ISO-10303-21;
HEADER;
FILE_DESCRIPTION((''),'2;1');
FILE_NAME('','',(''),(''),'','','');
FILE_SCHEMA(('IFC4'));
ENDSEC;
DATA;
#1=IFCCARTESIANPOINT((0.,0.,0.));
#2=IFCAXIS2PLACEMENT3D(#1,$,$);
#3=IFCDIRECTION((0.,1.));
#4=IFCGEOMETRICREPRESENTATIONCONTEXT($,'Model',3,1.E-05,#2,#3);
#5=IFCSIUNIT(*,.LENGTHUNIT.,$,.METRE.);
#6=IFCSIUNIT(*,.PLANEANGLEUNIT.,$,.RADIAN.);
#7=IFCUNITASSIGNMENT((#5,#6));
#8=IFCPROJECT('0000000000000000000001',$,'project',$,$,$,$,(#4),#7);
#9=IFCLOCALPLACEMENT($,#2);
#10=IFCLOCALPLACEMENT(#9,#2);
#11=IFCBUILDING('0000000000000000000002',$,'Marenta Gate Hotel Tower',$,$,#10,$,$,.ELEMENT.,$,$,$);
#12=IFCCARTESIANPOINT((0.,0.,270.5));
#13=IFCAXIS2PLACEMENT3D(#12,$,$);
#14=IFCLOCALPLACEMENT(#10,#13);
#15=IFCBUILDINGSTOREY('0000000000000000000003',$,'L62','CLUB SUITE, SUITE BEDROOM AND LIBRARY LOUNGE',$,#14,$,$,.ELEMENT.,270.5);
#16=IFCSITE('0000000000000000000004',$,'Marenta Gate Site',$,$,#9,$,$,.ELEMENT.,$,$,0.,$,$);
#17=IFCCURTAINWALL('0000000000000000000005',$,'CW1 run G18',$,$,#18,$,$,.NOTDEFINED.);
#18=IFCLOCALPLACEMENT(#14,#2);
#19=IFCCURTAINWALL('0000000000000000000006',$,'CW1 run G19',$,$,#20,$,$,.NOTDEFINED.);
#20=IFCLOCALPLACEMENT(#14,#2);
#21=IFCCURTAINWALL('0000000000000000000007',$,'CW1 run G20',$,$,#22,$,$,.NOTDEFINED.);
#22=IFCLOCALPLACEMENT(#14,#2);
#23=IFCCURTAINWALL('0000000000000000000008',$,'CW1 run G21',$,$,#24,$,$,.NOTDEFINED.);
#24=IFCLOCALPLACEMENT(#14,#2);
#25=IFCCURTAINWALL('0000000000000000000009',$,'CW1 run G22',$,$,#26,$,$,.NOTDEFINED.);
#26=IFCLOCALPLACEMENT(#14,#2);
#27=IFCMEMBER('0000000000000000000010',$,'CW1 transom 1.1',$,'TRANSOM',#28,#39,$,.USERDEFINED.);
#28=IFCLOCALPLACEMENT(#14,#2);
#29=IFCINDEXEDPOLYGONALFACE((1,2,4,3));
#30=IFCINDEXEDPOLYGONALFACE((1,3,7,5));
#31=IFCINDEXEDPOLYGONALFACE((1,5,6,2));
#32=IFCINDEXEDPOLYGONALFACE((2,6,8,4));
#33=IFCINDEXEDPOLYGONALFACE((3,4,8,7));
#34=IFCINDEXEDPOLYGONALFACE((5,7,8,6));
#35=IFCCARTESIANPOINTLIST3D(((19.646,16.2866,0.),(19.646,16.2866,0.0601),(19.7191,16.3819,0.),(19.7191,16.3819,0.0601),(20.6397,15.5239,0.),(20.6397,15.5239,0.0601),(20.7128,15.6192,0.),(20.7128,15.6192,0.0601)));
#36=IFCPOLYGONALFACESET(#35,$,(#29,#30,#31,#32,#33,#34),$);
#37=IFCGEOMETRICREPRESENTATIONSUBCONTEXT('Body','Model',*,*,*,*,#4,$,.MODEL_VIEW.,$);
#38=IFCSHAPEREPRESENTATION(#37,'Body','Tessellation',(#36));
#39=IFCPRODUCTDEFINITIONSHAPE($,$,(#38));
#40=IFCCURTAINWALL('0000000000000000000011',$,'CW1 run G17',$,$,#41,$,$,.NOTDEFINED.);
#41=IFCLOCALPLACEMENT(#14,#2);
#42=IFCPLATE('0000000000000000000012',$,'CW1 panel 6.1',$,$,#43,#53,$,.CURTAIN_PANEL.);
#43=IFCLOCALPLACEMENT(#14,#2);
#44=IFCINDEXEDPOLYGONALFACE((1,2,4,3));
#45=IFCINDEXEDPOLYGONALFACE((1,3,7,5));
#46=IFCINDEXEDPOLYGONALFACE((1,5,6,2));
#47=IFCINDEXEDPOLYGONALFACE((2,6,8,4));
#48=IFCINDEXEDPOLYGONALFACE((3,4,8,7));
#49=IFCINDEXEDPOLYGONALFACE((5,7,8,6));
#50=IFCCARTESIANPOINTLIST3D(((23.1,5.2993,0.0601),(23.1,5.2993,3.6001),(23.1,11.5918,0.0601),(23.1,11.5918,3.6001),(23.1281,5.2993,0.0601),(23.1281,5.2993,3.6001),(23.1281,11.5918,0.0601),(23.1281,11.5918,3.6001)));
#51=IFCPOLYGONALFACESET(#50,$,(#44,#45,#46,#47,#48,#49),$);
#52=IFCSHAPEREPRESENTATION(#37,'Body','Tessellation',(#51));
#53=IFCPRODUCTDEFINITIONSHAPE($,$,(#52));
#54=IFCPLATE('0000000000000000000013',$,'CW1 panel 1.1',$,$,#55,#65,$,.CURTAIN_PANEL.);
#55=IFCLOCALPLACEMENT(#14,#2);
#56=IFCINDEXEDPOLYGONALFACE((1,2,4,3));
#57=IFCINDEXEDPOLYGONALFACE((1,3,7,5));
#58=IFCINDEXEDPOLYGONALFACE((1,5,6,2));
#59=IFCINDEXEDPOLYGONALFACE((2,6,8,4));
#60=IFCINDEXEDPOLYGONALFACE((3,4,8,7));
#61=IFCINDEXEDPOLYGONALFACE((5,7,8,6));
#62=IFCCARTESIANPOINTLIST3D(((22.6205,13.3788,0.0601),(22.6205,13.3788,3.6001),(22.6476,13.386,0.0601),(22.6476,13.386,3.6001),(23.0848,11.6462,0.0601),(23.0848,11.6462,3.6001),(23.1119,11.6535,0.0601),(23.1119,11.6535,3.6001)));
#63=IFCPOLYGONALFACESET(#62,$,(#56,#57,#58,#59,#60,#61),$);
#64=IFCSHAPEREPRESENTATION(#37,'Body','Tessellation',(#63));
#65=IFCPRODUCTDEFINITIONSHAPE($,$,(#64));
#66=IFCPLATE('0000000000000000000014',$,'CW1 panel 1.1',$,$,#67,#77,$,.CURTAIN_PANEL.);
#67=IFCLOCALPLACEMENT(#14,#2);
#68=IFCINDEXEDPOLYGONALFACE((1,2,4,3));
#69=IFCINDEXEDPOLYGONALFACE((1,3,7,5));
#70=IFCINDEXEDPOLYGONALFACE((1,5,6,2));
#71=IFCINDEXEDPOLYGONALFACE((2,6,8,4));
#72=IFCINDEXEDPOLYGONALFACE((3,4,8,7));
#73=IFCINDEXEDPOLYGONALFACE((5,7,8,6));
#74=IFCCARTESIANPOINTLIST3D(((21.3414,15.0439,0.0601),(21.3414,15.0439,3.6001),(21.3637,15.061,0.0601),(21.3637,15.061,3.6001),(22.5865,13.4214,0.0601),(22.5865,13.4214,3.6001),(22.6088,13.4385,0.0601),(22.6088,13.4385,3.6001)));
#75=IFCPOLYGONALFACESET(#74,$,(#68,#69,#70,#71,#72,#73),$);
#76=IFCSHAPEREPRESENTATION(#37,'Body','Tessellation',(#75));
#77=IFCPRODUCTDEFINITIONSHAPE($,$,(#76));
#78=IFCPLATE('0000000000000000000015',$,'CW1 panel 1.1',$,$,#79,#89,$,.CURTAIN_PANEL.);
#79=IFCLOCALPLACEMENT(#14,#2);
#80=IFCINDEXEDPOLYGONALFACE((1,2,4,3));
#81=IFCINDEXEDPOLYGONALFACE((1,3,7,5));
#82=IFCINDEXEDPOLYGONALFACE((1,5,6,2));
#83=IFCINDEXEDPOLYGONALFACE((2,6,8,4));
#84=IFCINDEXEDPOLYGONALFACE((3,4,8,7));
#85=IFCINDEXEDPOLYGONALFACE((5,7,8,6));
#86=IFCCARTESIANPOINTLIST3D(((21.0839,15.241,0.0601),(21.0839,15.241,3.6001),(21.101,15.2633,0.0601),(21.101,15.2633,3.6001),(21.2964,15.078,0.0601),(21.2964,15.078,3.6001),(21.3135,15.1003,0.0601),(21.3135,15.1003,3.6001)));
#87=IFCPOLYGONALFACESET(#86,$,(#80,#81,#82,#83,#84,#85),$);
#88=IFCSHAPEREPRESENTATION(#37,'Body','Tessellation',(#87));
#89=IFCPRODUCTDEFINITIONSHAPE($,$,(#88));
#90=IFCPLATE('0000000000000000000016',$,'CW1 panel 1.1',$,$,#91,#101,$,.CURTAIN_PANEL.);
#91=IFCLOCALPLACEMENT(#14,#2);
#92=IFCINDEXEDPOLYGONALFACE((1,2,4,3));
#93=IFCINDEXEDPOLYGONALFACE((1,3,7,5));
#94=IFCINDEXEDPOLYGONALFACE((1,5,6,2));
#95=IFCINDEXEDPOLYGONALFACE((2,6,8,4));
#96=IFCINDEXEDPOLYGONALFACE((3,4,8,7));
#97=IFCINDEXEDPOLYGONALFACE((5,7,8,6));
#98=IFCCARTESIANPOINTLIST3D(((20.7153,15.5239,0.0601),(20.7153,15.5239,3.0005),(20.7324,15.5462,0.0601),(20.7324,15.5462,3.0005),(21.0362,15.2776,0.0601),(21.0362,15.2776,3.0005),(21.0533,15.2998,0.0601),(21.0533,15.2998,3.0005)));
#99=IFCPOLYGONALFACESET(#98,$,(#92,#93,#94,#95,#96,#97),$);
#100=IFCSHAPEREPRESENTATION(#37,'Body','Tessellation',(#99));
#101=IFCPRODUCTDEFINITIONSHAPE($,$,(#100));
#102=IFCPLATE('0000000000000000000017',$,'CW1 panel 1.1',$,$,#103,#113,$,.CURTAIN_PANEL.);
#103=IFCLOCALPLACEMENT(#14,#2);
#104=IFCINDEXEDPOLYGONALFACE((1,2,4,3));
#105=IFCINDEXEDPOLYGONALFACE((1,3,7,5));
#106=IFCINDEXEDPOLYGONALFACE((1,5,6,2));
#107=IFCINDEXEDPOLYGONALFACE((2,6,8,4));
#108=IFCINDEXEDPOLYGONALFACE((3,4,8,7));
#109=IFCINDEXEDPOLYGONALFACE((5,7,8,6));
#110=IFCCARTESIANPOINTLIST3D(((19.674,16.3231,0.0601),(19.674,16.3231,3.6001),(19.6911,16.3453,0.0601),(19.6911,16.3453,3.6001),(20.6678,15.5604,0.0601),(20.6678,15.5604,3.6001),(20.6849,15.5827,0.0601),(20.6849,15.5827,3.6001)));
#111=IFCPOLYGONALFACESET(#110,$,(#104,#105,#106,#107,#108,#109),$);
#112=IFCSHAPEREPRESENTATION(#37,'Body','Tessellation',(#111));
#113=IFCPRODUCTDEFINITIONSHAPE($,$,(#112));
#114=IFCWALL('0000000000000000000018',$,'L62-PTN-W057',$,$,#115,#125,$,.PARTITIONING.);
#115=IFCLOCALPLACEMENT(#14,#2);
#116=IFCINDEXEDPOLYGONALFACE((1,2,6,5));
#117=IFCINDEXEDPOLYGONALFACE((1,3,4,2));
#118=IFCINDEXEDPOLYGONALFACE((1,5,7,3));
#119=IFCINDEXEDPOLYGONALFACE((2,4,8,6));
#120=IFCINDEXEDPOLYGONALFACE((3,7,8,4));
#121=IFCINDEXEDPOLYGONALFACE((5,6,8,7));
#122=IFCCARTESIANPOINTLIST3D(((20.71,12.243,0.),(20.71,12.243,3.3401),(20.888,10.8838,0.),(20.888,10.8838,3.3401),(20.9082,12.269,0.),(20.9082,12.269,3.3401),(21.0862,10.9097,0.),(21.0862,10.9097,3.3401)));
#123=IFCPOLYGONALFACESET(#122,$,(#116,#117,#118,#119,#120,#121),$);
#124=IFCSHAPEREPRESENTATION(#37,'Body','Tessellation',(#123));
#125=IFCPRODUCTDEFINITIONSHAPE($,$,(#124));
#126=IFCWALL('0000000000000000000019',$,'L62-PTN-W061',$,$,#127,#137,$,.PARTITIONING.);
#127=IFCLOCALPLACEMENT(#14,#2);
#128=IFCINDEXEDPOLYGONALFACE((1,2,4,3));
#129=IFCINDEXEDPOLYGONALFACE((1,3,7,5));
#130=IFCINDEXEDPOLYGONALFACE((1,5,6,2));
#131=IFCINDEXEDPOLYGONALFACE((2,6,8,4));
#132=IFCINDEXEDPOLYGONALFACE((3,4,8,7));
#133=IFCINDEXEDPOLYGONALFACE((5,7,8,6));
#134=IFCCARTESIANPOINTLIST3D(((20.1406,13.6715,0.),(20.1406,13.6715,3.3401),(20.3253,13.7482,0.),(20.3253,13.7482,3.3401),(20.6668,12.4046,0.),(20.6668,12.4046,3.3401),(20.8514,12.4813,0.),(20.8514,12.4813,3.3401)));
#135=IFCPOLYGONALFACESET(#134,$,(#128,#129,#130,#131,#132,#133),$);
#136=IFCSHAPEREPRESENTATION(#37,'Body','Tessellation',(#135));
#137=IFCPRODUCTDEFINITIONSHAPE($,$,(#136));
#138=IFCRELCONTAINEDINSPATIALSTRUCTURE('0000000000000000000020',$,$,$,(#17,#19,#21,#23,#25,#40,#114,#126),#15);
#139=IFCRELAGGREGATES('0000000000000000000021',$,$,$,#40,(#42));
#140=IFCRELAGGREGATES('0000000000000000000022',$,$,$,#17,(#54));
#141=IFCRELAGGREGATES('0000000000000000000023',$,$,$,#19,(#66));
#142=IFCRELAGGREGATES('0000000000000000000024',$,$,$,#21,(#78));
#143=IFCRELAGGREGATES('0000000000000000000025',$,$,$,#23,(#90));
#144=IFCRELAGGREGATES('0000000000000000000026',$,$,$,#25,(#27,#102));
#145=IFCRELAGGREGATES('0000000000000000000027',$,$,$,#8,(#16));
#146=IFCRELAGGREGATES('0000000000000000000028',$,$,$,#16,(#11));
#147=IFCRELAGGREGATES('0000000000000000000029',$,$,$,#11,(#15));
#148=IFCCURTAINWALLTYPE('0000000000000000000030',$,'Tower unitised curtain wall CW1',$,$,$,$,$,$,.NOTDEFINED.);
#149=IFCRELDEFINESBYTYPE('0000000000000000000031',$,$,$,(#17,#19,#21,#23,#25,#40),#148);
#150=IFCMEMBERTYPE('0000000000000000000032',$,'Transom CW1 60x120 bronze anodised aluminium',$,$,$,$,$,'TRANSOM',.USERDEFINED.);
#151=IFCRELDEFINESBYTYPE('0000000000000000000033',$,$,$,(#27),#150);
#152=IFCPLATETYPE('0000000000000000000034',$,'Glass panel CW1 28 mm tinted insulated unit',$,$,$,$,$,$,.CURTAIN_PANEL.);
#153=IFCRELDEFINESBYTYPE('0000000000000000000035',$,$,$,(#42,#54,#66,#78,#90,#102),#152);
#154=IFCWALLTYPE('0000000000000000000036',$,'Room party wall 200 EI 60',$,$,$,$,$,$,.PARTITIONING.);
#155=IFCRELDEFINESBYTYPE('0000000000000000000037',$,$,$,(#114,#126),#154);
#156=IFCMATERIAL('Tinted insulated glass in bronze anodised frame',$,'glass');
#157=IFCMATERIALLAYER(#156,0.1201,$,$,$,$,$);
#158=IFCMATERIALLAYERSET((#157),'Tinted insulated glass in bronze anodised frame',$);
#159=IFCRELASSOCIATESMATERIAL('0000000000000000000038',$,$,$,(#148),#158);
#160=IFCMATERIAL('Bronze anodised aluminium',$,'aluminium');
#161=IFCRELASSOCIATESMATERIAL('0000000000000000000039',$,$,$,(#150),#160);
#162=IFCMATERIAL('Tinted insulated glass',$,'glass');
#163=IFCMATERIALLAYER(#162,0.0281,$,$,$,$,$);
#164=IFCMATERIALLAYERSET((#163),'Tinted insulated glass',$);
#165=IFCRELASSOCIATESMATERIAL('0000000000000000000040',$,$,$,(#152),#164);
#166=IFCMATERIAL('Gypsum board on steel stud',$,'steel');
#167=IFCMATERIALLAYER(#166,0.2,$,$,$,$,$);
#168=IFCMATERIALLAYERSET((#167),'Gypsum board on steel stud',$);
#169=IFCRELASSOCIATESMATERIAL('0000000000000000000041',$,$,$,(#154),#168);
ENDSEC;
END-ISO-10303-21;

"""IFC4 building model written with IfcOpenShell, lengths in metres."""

from ifc_helpers import new_model, si_unit, direction, frame, frame_2d, origin, origin_2d, place, context, subcontext, project, spatial, rectangle, extrude, material, layer, layer_set, material_profile, profile_set, type_object, element, aggregate, save


model = new_model("IFC4")

# Units and contexts
model_context = context("Model", 3, precision=1e-05, world=origin(), true_north=direction((0.0, 1.0)))
body_context = subcontext(model_context, "Body", "Model", "MODEL_VIEW")
ifc_project = project(units=[si_unit("LENGTHUNIT", "METRE"), si_unit("PLANEANGLEUNIT", "RADIAN")], contexts=[model_context])

# Site, building, storey
site_placement = place(None, origin())
site = spatial("IfcSite", under=ifc_project, at=site_placement, Name="Marenta Gate Site", CompositionType="ELEMENT", RefElevation=0.0)
building_placement = place(site_placement, origin())
building = spatial("IfcBuilding", under=site, at=building_placement, Name="Marenta Gate Hotel Tower", CompositionType="ELEMENT")
storey_placement = place(building_placement, frame((0.0, 0.0, 270.5)))
storey = spatial("IfcBuildingStorey", under=building, at=storey_placement, Name="L62", Description="CLUB SUITE, SUITE BEDROOM AND LIBRARY LOUNGE", CompositionType="ELEMENT", Elevation=270.5)

# Curtain walls
ifc_material_1 = material(Name="Tinted insulated glass in bronze anodised frame", Category="glass")
ifc_layer_1 = layer(ifc_material_1, 0.1201)
ifc_layer_set_1 = layer_set([ifc_layer_1], Name="Tinted insulated glass in bronze anodised frame")
curtain_wall_type = type_object("IfcCurtainWallType", Name="Tower unitised curtain wall CW1", PredefinedType="NOTDEFINED", material=ifc_layer_set_1)
curtain_wall_1_placement = place(storey_placement, origin())
curtain_wall_1 = element("IfcCurtainWall", 1, at=curtain_wall_1_placement, inside=storey, type_object=curtain_wall_type, Name="CW1 run G18", PredefinedType="NOTDEFINED")
curtain_wall_2_placement = place(storey_placement, origin())
curtain_wall_2 = element("IfcCurtainWall", 2, at=curtain_wall_2_placement, inside=storey, type_object=curtain_wall_type, Name="CW1 run G19", PredefinedType="NOTDEFINED")
curtain_wall_3_placement = place(storey_placement, origin())
curtain_wall_3 = element("IfcCurtainWall", 3, at=curtain_wall_3_placement, inside=storey, type_object=curtain_wall_type, Name="CW1 run G20", PredefinedType="NOTDEFINED")
curtain_wall_4_placement = place(storey_placement, origin())
curtain_wall_4 = element("IfcCurtainWall", 4, at=curtain_wall_4_placement, inside=storey, type_object=curtain_wall_type, Name="CW1 run G21", PredefinedType="NOTDEFINED")
curtain_wall_5_placement = place(storey_placement, origin())
curtain_wall_5 = element("IfcCurtainWall", 5, at=curtain_wall_5_placement, inside=storey, type_object=curtain_wall_type, Name="CW1 run G22", PredefinedType="NOTDEFINED")

# Member
ifc_material_2 = material(Name="Bronze anodised aluminium", Category="aluminium")
ifc_material_profile_1 = material_profile(ifc_material_2, rectangle(XDim=0.1201, YDim=0.0601, at=origin_2d()), Name="Transom CW1 60x120 bronze anodised aluminium")
ifc_profile_set_1 = profile_set([ifc_material_profile_1], Name="Bronze anodised aluminium")
member_type_1 = type_object("IfcMemberType", Name="Transom CW1 60x120 bronze anodised aluminium", ElementType="TRANSOM", PredefinedType="USERDEFINED", material=ifc_profile_set_1)
member_1_placement = place(storey_placement, frame((20.6763, 15.5715, 0.03), z_axis=(-0.793261, 0.608882, 0.0), x_axis=(-0.608882, -0.793261, 0.0)))
member_1 = element("IfcMember", 6, at=member_1_placement, type_object=member_type_1, Name="CW1 transom 1.1", ObjectType="TRANSOM", PredefinedType="USERDEFINED", context=body_context, shape_type="SweptSolid", body=[
    extrude(rectangle(XDim=0.1201, YDim=0.0601, at=origin_2d()), origin(), (0.0, 0.0, 1.0), 1.2527),
])

# Curtain wall, plate
curtain_wall_6_placement = place(storey_placement, origin())
curtain_wall_6 = element("IfcCurtainWall", 7, at=curtain_wall_6_placement, inside=storey, type_object=curtain_wall_type, Name="CW1 run G17", PredefinedType="NOTDEFINED")
ifc_material_3 = material(Name="Tinted insulated glass", Category="glass")
ifc_layer_2 = layer(ifc_material_3, 0.0281)
ifc_layer_set_2 = layer_set([ifc_layer_2], Name="Tinted insulated glass")
plate_type = type_object("IfcPlateType", Name="Glass panel CW1 28 mm tinted insulated unit", PredefinedType="CURTAIN_PANEL", material=ifc_layer_set_2)
plate_1_placement = place(storey_placement, frame((23.114, 8.4456, 0.0601), z_axis=(0.0, 0.0, 1.0), x_axis=(0.0, 1.0, 0.0)))
plate_1 = element("IfcPlate", 8, at=plate_1_placement, type_object=plate_type, Name="CW1 panel 6.1", PredefinedType="CURTAIN_PANEL", context=body_context, shape_type="SweptSolid", body=[
    extrude(rectangle(XDim=6.2925, YDim=0.0281, at=origin_2d()), origin(), (0.0, 0.0, 1.0), 3.54),
])
aggregate(curtain_wall_6, [plate_1])

# Plates
plate_2_placement = place(storey_placement, frame((22.8662, 12.5161, 0.0601), z_axis=(0.0, 0.0, 1.0), x_axis=(-0.258824, 0.965924, 0.0)))
plate_2 = element("IfcPlate", 9, at=plate_2_placement, type_object=plate_type, Name="CW1 panel 1.1", PredefinedType="CURTAIN_PANEL", context=body_context, shape_type="SweptSolid", body=[
    extrude(rectangle(XDim=1.7937, YDim=0.0281, at=origin_2d()), origin(), (0.0, 0.0, 1.0), 3.54),
])
aggregate(curtain_wall_1, [plate_2])
plate_3_placement = place(storey_placement, frame((21.9751, 14.2412, 0.0601), z_axis=(0.0, 0.0, 1.0), x_axis=(-0.608787, 0.793333, 0.0)))
plate_3 = element("IfcPlate", 10, at=plate_3_placement, type_object=plate_type, Name="CW1 panel 1.1", PredefinedType="CURTAIN_PANEL", context=body_context, shape_type="SweptSolid", body=[
    extrude(rectangle(XDim=2.0452, YDim=0.0281, at=origin_2d()), origin(), (0.0, 0.0, 1.0), 3.54),
])
aggregate(curtain_wall_2, [plate_3])
plate_4_placement = place(storey_placement, frame((21.1987, 15.1707, 0.0601), z_axis=(0.0, 0.0, 1.0), x_axis=(-0.793439, 0.608649, 0.0)))
plate_4 = element("IfcPlate", 11, at=plate_4_placement, type_object=plate_type, Name="CW1 panel 1.1", PredefinedType="CURTAIN_PANEL", context=body_context, shape_type="SweptSolid", body=[
    extrude(rectangle(XDim=0.2678, YDim=0.0281, at=origin_2d()), origin(), (0.0, 0.0, 1.0), 3.54),
])
aggregate(curtain_wall_3, [plate_4])
plate_5_placement = place(storey_placement, frame((20.8843, 15.4119, 0.0601), z_axis=(0.0, 0.0, 1.0), x_axis=(-0.793288, 0.608847, 0.0)))
plate_5 = element("IfcPlate", 12, at=plate_5_placement, type_object=plate_type, Name="CW1 panel 1.1", PredefinedType="CURTAIN_PANEL", context=body_context, shape_type="SweptSolid", body=[
    extrude(rectangle(XDim=0.4045, YDim=0.0281, at=origin_2d()), origin(), (0.0, 0.0, 1.0), 2.9404),
])
aggregate(curtain_wall_4, [plate_5])
plate_6_placement = place(storey_placement, frame((20.1794, 15.9529, 0.0601), z_axis=(0.0, 0.0, 1.0), x_axis=(-0.793323, 0.608801, 0.0)))
plate_6 = element("IfcPlate", 13, at=plate_6_placement, type_object=plate_type, Name="CW1 panel 1.1", PredefinedType="CURTAIN_PANEL", context=body_context, shape_type="SweptSolid", body=[
    extrude(rectangle(XDim=1.2527, YDim=0.0281, at=origin_2d()), origin(), (0.0, 0.0, 1.0), 3.54),
])
aggregate(curtain_wall_5, [member_1, plate_6])

# Walls
ifc_material_4 = material(Name="Gypsum board on steel stud", Category="steel")
ifc_layer_3 = layer(ifc_material_4, 0.2)
ifc_layer_set_3 = layer_set([ifc_layer_3], Name="Gypsum board on steel stud")
wall_type = type_object("IfcWallType", Name="Room party wall 200 EI 60", PredefinedType="PARTITIONING", material=ifc_layer_set_3)
wall_1_placement = place(storey_placement, frame((20.8091, 12.2561, 0.0), z_axis=(0.0, 0.0, 1.0), x_axis=(0.129842, -0.991535, 0.0)))
element("IfcWall", 14, at=wall_1_placement, inside=storey, type_object=wall_type, Name="L62-PTN-W057", PredefinedType="PARTITIONING", context=body_context, shape_type="SweptSolid", body=[
    extrude(rectangle(XDim=1.3708, YDim=0.2, at=frame_2d((0.6855, 0.0))), origin(), (0.0, 0.0, 1.0), 3.3401),
])
wall_2_placement = place(storey_placement, frame((20.2329, 13.71, 0.0), z_axis=(0.0, 0.0, 1.0), x_axis=(0.383541, -0.923524, 0.0)))
element("IfcWall", 15, at=wall_2_placement, inside=storey, type_object=wall_type, Name="L62-PTN-W061", PredefinedType="PARTITIONING", context=body_context, shape_type="SweptSolid", body=[
    extrude(rectangle(XDim=1.3718, YDim=0.2, at=frame_2d((0.686, 0.0))), origin(), (0.0, 0.0, 1.0), 3.3401),
])

save(model, "model.ifc")
